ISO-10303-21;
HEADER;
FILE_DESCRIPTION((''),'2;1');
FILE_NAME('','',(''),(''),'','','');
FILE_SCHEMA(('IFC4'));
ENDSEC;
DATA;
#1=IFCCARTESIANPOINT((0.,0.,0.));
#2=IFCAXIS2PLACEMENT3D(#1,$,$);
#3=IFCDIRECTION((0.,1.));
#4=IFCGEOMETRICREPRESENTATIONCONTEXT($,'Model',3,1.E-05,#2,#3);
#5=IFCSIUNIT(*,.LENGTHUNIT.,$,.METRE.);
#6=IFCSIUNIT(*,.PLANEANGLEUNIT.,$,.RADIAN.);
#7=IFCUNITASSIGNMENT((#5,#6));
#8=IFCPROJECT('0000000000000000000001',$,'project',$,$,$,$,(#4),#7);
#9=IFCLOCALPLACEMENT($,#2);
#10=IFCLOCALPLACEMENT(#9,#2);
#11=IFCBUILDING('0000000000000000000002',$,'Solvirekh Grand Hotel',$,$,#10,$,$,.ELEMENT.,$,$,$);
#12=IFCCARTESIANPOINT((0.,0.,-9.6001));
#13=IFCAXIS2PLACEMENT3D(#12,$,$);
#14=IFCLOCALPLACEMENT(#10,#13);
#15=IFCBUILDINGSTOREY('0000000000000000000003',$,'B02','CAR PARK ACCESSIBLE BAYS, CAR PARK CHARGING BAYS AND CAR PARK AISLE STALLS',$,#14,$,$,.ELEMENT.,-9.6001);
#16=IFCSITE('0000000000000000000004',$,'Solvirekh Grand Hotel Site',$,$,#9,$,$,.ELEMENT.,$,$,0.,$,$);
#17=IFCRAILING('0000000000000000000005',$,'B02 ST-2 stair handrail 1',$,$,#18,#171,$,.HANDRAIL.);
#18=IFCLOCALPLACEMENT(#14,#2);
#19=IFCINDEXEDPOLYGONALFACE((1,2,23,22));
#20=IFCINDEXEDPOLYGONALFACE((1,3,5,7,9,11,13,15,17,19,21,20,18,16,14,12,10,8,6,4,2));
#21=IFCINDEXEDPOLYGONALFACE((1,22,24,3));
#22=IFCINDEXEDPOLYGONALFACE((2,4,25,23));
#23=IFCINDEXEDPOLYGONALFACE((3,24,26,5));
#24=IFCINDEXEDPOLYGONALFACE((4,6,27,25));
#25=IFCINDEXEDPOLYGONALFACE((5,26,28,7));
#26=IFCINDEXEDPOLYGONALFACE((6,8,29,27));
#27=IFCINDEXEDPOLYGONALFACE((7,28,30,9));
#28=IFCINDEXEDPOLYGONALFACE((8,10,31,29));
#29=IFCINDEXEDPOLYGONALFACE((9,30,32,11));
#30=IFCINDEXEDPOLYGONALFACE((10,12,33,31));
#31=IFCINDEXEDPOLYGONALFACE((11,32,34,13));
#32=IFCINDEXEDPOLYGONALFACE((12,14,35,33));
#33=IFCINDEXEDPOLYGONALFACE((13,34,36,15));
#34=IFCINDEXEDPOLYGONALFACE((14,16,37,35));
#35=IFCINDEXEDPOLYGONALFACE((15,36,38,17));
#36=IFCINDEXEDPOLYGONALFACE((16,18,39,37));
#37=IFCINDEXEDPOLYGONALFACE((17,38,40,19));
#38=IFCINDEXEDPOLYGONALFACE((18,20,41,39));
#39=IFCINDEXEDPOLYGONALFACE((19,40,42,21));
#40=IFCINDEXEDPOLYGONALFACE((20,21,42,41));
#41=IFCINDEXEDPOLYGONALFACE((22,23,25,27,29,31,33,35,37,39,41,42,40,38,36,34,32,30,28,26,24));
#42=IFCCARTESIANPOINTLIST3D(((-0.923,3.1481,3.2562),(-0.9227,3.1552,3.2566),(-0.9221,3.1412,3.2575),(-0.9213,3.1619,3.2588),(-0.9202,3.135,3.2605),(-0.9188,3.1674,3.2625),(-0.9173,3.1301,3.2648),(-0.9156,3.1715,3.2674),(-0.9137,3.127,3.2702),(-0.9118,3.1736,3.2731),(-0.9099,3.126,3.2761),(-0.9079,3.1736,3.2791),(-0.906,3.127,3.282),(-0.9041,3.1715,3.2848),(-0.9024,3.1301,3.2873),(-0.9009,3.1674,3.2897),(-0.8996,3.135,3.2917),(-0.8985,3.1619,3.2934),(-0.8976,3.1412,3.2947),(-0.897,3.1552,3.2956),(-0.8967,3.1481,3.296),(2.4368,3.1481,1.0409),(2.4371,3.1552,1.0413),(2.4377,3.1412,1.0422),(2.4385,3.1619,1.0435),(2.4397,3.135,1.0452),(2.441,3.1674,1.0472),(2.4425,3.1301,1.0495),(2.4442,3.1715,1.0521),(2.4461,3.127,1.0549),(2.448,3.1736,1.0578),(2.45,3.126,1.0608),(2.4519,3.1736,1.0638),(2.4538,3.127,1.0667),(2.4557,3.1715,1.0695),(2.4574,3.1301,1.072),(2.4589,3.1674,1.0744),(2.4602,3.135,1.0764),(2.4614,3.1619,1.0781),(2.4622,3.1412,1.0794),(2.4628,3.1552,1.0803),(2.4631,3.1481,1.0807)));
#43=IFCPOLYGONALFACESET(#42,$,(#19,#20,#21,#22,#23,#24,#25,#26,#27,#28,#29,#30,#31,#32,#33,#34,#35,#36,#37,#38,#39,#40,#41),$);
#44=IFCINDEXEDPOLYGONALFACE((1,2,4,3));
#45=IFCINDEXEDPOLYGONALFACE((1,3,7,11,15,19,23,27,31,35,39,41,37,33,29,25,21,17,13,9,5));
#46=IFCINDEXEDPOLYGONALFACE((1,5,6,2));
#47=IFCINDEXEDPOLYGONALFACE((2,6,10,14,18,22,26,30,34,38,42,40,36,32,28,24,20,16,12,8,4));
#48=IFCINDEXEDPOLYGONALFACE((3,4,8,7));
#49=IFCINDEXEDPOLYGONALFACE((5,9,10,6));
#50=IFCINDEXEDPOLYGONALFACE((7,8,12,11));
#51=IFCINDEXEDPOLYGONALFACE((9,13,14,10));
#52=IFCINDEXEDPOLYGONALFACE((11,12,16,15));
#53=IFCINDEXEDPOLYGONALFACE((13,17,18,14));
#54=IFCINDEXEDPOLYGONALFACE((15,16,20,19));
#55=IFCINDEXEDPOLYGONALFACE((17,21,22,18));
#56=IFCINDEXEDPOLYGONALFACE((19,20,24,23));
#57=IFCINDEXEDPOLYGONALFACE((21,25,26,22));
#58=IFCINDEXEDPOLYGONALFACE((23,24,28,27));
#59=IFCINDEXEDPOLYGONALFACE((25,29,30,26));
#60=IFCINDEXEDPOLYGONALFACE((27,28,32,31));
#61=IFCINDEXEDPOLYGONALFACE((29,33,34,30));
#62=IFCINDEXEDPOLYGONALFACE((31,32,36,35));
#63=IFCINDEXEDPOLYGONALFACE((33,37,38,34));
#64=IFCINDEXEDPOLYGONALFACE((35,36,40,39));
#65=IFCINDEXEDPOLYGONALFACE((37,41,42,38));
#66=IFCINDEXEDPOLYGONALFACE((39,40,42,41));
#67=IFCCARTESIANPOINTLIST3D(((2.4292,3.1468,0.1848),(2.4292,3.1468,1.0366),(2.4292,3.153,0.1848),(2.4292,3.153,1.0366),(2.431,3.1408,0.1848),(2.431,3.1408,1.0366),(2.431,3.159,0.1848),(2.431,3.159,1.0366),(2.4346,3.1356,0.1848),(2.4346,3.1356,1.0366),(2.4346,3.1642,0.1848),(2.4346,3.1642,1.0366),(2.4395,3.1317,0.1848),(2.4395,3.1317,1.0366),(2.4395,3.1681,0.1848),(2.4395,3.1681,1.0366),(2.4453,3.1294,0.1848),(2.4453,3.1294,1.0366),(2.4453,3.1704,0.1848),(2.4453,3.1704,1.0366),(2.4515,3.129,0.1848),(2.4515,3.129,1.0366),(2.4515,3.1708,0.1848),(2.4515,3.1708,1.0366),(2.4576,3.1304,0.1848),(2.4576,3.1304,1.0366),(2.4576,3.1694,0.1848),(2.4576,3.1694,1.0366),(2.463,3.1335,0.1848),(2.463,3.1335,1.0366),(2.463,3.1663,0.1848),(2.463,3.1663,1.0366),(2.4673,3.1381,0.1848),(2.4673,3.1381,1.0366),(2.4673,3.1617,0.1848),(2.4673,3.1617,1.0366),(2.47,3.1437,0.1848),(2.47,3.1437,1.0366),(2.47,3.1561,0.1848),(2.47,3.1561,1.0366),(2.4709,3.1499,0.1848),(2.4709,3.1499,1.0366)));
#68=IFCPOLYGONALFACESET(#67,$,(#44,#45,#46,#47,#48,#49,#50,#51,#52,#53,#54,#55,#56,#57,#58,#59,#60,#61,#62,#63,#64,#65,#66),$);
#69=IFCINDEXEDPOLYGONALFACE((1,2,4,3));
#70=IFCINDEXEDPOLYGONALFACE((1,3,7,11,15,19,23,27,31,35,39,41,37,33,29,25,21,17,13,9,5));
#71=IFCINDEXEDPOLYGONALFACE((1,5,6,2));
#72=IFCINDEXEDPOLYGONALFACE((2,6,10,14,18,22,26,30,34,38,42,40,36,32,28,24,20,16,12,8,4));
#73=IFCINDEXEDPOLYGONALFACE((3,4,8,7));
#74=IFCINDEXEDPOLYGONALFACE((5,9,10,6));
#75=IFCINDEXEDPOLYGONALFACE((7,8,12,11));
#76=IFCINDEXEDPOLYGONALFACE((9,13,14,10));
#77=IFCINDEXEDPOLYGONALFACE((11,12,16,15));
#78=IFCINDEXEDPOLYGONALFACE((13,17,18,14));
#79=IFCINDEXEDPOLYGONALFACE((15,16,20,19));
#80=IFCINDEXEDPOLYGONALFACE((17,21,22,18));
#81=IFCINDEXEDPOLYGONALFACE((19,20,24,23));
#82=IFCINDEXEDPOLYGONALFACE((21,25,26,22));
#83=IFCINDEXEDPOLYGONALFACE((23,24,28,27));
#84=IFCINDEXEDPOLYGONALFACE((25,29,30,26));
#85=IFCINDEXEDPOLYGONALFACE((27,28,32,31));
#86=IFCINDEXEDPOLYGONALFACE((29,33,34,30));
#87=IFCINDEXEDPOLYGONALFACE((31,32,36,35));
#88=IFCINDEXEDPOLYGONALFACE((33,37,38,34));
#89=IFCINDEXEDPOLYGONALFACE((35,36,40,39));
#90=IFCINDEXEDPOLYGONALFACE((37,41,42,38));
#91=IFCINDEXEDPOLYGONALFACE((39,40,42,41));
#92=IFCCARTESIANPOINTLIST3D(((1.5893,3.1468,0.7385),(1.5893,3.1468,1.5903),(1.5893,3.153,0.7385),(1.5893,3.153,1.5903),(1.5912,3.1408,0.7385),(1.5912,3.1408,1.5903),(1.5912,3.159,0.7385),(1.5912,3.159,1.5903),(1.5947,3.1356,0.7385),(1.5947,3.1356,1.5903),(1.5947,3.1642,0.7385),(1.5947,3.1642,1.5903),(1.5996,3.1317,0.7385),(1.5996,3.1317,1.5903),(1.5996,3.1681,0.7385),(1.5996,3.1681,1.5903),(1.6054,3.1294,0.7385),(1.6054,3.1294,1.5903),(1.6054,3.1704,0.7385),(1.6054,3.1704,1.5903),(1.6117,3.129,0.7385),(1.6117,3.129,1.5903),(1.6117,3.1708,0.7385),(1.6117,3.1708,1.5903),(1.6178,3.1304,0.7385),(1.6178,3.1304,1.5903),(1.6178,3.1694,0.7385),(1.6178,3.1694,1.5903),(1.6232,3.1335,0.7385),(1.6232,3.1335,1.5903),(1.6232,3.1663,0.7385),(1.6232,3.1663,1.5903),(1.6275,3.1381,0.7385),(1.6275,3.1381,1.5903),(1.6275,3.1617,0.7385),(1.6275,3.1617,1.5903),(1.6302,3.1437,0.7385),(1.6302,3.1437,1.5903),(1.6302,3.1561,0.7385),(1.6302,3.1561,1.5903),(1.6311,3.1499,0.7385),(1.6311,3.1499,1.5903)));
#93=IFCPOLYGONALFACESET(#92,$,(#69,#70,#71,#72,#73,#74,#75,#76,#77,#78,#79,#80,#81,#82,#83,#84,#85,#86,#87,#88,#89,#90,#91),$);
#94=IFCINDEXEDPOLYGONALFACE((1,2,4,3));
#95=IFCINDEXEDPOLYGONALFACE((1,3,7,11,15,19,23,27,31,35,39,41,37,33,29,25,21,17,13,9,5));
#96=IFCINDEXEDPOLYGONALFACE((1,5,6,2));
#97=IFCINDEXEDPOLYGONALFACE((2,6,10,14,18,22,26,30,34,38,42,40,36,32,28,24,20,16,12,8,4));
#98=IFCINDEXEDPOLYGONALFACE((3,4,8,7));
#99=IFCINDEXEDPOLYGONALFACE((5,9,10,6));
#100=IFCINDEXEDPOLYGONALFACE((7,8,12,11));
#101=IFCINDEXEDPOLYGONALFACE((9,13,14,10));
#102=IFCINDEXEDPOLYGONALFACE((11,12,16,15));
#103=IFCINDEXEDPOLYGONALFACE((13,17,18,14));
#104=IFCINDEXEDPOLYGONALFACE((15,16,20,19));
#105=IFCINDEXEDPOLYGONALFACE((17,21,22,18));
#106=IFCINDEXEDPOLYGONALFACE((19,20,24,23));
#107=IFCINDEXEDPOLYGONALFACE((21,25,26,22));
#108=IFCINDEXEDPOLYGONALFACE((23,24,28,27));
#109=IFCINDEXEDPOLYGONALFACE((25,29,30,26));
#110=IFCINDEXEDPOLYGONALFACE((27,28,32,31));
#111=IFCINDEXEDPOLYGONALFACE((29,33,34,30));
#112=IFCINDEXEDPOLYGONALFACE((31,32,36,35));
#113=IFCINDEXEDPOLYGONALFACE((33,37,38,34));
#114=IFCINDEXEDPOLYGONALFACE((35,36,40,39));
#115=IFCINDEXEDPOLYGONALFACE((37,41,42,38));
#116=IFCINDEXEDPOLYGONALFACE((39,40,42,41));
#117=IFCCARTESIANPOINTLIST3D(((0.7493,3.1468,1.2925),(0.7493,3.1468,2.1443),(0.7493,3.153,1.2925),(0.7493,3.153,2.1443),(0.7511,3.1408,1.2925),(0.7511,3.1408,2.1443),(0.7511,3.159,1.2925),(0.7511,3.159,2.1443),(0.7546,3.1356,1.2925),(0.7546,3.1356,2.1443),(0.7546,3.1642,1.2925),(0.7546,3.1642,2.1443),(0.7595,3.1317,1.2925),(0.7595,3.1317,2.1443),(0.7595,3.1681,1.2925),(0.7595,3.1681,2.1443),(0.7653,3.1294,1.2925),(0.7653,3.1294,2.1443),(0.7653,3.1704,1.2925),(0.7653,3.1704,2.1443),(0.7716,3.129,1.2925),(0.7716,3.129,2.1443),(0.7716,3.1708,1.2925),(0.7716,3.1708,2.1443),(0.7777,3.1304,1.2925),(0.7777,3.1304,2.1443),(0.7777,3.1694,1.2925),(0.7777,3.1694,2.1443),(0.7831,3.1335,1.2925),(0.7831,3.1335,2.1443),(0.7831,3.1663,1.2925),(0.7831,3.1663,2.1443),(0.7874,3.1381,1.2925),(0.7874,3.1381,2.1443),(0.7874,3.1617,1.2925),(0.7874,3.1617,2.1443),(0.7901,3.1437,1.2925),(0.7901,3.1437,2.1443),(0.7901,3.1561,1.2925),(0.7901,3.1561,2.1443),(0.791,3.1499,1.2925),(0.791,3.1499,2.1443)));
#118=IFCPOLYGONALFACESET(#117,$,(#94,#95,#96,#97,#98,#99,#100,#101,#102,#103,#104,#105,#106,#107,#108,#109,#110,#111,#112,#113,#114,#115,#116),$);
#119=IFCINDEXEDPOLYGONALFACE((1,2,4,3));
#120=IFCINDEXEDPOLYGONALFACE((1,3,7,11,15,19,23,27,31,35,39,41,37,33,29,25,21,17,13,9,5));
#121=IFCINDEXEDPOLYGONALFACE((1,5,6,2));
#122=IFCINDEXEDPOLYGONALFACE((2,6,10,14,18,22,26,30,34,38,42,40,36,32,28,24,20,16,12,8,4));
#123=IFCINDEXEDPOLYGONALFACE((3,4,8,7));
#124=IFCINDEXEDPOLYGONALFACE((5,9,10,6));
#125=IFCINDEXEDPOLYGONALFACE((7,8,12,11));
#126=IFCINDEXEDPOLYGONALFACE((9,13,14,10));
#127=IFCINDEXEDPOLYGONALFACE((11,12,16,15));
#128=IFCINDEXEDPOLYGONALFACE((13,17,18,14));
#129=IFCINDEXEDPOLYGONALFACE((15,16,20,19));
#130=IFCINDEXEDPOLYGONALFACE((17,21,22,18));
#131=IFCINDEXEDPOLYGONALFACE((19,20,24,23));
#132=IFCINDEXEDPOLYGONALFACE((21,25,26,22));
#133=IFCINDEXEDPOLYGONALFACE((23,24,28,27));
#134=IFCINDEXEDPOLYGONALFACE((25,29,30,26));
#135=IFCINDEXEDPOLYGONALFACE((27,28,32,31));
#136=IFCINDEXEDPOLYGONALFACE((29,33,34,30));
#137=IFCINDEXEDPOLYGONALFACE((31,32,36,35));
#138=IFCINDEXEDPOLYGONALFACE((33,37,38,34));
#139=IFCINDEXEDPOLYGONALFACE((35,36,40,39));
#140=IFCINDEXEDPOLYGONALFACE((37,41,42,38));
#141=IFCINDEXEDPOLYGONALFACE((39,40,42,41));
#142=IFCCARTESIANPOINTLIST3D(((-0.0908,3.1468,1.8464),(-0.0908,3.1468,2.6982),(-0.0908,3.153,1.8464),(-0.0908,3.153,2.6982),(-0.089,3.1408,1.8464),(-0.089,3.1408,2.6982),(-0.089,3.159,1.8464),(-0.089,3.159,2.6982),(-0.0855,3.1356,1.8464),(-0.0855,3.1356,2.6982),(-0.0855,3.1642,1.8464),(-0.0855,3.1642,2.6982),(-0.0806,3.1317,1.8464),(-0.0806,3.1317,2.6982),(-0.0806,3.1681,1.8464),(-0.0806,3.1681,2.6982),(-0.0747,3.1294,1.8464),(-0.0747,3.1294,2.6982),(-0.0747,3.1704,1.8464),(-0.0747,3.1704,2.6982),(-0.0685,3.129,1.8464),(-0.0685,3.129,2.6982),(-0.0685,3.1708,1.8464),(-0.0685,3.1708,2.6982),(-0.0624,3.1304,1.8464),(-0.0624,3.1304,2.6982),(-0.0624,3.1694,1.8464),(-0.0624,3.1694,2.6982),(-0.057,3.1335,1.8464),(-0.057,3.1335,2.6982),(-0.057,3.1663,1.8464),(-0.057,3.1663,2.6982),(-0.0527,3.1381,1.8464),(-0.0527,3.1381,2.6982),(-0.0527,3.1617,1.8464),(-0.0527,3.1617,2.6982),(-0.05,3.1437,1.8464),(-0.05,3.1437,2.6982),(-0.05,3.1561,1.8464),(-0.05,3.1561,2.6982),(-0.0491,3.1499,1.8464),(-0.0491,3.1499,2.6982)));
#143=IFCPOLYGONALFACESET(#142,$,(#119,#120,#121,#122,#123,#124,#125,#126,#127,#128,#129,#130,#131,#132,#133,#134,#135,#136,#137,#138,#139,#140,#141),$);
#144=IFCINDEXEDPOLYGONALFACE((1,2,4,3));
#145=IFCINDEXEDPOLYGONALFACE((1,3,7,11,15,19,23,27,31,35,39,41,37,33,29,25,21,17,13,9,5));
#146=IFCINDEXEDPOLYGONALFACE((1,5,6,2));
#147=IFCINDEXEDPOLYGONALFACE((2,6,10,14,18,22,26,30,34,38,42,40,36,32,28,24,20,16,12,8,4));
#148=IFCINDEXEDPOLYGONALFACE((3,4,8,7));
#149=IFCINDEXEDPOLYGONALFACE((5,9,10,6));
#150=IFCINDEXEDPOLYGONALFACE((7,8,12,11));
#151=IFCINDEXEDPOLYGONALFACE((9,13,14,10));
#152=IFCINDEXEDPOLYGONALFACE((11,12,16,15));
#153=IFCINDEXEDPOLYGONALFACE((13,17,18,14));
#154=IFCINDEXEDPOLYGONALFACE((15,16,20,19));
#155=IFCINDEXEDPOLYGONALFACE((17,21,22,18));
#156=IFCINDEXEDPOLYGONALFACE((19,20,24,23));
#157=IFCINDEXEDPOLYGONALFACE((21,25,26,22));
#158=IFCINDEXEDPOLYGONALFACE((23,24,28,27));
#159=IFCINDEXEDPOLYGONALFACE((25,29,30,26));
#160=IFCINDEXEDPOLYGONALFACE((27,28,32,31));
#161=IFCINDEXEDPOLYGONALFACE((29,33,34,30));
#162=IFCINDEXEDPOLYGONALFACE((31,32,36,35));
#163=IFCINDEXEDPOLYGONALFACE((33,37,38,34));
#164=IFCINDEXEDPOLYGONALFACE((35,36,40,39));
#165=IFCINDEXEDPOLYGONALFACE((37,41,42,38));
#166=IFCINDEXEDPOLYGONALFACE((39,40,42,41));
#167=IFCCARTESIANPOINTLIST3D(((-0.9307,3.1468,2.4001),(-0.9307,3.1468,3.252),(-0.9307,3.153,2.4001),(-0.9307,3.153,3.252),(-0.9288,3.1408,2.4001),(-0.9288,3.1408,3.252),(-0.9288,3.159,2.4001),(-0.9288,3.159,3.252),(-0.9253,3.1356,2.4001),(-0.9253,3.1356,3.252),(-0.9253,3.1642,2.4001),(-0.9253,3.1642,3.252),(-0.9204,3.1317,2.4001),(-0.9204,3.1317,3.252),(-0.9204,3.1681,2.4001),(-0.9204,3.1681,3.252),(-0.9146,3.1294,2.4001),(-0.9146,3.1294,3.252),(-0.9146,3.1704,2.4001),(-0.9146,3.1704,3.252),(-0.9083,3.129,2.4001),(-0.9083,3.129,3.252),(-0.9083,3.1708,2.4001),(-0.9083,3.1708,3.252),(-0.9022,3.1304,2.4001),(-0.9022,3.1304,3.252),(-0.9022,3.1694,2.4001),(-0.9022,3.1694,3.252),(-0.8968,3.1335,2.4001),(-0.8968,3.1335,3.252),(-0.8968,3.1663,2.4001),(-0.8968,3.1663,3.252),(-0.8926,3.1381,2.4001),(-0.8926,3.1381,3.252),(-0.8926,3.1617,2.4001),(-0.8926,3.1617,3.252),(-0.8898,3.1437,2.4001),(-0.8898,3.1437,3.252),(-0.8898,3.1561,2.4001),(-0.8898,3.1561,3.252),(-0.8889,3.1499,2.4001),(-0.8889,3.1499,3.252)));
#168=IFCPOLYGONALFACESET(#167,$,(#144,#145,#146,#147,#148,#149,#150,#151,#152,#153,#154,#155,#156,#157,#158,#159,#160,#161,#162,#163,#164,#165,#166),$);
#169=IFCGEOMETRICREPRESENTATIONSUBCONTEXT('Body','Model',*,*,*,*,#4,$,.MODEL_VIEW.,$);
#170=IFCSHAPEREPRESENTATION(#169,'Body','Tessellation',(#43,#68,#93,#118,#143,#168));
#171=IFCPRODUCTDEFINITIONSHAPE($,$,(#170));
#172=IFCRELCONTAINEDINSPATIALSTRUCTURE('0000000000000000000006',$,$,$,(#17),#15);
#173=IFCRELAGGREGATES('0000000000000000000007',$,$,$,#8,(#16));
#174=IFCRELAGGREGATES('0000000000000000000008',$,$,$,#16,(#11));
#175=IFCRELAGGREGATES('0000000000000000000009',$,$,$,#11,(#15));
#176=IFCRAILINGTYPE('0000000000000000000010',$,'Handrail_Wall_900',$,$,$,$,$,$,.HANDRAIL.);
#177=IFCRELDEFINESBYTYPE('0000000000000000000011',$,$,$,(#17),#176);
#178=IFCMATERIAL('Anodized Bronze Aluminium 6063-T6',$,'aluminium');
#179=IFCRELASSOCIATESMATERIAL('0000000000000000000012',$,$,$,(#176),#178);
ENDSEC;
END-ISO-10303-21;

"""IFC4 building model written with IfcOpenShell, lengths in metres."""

from ifc_helpers import new_model, si_unit, direction, frame, origin, origin_2d, place, context, subcontext, project, spatial, circle, extrude, material, type_object, element, save


model = new_model("IFC4")

# Units and contexts
model_context = context("Model", 3, precision=1e-05, world=origin(), true_north=direction((0.0, 1.0)))
body_context = subcontext(model_context, "Body", "Model", "MODEL_VIEW")
ifc_project = project(units=[si_unit("LENGTHUNIT", "METRE"), si_unit("PLANEANGLEUNIT", "RADIAN")], contexts=[model_context])

# Site, building, storey
site_placement = place(None, origin())
site = spatial("IfcSite", under=ifc_project, at=site_placement, Name="Solvirekh Grand Hotel Site", CompositionType="ELEMENT", RefElevation=0.0)
building_placement = place(site_placement, origin())
building = spatial("IfcBuilding", under=site, at=building_placement, Name="Solvirekh Grand Hotel", CompositionType="ELEMENT")
storey_placement = place(building_placement, frame((0.0, 0.0, -9.6001)))
storey = spatial("IfcBuildingStorey", under=building, at=storey_placement, Name="B02", Description="CAR PARK ACCESSIBLE BAYS, CAR PARK CHARGING BAYS AND CAR PARK AISLE STALLS", CompositionType="ELEMENT", Elevation=-9.6001)

# Shared definitions
ifc_material_1 = material(Name="Anodized Bronze Aluminium 6063-T6", Category="aluminium")

# Railing
railing_type_1 = type_object("IfcRailingType", Name="Handrail_Wall_900", PredefinedType="HANDRAIL", material=ifc_material_1)
railing_1_placement = place(storey_placement, frame((2.45, 3.1499, 0.1848)))
element("IfcRailing", 1, at=railing_1_placement, inside=storey, type_object=railing_type_1, Name="B02 ST-2 stair handrail 1", PredefinedType="HANDRAIL", context=body_context, shape_type="SweptSolid", body=[
    extrude(circle(Radius=0.0239, at=origin_2d()), frame((0.0, 0.0, 0.876), z_axis=(-0.834858, 0.0, 0.550465), x_axis=(0.0, -1.0, 0.0)), (0.0, 0.0, 1.0), 4.0244),
    extrude(circle(Radius=0.021, at=origin_2d()), origin(), (0.0, 0.0, 1.0), 0.8518),
    extrude(circle(Radius=0.021, at=origin_2d()), frame((-0.8398, 0.0, 0.5537)), (0.0, 0.0, 1.0), 0.8518),
    extrude(circle(Radius=0.021, at=origin_2d()), frame((-1.6799, 0.0, 1.1077)), (0.0, 0.0, 1.0), 0.8518),
    extrude(circle(Radius=0.021, at=origin_2d()), frame((-2.52, 0.0, 1.6616)), (0.0, 0.0, 1.0), 0.8518),
    extrude(circle(Radius=0.021, at=origin_2d()), frame((-3.3599, 0.0, 2.2153)), (0.0, 0.0, 1.0), 0.8518),
])

save(model, "model.ifc")
